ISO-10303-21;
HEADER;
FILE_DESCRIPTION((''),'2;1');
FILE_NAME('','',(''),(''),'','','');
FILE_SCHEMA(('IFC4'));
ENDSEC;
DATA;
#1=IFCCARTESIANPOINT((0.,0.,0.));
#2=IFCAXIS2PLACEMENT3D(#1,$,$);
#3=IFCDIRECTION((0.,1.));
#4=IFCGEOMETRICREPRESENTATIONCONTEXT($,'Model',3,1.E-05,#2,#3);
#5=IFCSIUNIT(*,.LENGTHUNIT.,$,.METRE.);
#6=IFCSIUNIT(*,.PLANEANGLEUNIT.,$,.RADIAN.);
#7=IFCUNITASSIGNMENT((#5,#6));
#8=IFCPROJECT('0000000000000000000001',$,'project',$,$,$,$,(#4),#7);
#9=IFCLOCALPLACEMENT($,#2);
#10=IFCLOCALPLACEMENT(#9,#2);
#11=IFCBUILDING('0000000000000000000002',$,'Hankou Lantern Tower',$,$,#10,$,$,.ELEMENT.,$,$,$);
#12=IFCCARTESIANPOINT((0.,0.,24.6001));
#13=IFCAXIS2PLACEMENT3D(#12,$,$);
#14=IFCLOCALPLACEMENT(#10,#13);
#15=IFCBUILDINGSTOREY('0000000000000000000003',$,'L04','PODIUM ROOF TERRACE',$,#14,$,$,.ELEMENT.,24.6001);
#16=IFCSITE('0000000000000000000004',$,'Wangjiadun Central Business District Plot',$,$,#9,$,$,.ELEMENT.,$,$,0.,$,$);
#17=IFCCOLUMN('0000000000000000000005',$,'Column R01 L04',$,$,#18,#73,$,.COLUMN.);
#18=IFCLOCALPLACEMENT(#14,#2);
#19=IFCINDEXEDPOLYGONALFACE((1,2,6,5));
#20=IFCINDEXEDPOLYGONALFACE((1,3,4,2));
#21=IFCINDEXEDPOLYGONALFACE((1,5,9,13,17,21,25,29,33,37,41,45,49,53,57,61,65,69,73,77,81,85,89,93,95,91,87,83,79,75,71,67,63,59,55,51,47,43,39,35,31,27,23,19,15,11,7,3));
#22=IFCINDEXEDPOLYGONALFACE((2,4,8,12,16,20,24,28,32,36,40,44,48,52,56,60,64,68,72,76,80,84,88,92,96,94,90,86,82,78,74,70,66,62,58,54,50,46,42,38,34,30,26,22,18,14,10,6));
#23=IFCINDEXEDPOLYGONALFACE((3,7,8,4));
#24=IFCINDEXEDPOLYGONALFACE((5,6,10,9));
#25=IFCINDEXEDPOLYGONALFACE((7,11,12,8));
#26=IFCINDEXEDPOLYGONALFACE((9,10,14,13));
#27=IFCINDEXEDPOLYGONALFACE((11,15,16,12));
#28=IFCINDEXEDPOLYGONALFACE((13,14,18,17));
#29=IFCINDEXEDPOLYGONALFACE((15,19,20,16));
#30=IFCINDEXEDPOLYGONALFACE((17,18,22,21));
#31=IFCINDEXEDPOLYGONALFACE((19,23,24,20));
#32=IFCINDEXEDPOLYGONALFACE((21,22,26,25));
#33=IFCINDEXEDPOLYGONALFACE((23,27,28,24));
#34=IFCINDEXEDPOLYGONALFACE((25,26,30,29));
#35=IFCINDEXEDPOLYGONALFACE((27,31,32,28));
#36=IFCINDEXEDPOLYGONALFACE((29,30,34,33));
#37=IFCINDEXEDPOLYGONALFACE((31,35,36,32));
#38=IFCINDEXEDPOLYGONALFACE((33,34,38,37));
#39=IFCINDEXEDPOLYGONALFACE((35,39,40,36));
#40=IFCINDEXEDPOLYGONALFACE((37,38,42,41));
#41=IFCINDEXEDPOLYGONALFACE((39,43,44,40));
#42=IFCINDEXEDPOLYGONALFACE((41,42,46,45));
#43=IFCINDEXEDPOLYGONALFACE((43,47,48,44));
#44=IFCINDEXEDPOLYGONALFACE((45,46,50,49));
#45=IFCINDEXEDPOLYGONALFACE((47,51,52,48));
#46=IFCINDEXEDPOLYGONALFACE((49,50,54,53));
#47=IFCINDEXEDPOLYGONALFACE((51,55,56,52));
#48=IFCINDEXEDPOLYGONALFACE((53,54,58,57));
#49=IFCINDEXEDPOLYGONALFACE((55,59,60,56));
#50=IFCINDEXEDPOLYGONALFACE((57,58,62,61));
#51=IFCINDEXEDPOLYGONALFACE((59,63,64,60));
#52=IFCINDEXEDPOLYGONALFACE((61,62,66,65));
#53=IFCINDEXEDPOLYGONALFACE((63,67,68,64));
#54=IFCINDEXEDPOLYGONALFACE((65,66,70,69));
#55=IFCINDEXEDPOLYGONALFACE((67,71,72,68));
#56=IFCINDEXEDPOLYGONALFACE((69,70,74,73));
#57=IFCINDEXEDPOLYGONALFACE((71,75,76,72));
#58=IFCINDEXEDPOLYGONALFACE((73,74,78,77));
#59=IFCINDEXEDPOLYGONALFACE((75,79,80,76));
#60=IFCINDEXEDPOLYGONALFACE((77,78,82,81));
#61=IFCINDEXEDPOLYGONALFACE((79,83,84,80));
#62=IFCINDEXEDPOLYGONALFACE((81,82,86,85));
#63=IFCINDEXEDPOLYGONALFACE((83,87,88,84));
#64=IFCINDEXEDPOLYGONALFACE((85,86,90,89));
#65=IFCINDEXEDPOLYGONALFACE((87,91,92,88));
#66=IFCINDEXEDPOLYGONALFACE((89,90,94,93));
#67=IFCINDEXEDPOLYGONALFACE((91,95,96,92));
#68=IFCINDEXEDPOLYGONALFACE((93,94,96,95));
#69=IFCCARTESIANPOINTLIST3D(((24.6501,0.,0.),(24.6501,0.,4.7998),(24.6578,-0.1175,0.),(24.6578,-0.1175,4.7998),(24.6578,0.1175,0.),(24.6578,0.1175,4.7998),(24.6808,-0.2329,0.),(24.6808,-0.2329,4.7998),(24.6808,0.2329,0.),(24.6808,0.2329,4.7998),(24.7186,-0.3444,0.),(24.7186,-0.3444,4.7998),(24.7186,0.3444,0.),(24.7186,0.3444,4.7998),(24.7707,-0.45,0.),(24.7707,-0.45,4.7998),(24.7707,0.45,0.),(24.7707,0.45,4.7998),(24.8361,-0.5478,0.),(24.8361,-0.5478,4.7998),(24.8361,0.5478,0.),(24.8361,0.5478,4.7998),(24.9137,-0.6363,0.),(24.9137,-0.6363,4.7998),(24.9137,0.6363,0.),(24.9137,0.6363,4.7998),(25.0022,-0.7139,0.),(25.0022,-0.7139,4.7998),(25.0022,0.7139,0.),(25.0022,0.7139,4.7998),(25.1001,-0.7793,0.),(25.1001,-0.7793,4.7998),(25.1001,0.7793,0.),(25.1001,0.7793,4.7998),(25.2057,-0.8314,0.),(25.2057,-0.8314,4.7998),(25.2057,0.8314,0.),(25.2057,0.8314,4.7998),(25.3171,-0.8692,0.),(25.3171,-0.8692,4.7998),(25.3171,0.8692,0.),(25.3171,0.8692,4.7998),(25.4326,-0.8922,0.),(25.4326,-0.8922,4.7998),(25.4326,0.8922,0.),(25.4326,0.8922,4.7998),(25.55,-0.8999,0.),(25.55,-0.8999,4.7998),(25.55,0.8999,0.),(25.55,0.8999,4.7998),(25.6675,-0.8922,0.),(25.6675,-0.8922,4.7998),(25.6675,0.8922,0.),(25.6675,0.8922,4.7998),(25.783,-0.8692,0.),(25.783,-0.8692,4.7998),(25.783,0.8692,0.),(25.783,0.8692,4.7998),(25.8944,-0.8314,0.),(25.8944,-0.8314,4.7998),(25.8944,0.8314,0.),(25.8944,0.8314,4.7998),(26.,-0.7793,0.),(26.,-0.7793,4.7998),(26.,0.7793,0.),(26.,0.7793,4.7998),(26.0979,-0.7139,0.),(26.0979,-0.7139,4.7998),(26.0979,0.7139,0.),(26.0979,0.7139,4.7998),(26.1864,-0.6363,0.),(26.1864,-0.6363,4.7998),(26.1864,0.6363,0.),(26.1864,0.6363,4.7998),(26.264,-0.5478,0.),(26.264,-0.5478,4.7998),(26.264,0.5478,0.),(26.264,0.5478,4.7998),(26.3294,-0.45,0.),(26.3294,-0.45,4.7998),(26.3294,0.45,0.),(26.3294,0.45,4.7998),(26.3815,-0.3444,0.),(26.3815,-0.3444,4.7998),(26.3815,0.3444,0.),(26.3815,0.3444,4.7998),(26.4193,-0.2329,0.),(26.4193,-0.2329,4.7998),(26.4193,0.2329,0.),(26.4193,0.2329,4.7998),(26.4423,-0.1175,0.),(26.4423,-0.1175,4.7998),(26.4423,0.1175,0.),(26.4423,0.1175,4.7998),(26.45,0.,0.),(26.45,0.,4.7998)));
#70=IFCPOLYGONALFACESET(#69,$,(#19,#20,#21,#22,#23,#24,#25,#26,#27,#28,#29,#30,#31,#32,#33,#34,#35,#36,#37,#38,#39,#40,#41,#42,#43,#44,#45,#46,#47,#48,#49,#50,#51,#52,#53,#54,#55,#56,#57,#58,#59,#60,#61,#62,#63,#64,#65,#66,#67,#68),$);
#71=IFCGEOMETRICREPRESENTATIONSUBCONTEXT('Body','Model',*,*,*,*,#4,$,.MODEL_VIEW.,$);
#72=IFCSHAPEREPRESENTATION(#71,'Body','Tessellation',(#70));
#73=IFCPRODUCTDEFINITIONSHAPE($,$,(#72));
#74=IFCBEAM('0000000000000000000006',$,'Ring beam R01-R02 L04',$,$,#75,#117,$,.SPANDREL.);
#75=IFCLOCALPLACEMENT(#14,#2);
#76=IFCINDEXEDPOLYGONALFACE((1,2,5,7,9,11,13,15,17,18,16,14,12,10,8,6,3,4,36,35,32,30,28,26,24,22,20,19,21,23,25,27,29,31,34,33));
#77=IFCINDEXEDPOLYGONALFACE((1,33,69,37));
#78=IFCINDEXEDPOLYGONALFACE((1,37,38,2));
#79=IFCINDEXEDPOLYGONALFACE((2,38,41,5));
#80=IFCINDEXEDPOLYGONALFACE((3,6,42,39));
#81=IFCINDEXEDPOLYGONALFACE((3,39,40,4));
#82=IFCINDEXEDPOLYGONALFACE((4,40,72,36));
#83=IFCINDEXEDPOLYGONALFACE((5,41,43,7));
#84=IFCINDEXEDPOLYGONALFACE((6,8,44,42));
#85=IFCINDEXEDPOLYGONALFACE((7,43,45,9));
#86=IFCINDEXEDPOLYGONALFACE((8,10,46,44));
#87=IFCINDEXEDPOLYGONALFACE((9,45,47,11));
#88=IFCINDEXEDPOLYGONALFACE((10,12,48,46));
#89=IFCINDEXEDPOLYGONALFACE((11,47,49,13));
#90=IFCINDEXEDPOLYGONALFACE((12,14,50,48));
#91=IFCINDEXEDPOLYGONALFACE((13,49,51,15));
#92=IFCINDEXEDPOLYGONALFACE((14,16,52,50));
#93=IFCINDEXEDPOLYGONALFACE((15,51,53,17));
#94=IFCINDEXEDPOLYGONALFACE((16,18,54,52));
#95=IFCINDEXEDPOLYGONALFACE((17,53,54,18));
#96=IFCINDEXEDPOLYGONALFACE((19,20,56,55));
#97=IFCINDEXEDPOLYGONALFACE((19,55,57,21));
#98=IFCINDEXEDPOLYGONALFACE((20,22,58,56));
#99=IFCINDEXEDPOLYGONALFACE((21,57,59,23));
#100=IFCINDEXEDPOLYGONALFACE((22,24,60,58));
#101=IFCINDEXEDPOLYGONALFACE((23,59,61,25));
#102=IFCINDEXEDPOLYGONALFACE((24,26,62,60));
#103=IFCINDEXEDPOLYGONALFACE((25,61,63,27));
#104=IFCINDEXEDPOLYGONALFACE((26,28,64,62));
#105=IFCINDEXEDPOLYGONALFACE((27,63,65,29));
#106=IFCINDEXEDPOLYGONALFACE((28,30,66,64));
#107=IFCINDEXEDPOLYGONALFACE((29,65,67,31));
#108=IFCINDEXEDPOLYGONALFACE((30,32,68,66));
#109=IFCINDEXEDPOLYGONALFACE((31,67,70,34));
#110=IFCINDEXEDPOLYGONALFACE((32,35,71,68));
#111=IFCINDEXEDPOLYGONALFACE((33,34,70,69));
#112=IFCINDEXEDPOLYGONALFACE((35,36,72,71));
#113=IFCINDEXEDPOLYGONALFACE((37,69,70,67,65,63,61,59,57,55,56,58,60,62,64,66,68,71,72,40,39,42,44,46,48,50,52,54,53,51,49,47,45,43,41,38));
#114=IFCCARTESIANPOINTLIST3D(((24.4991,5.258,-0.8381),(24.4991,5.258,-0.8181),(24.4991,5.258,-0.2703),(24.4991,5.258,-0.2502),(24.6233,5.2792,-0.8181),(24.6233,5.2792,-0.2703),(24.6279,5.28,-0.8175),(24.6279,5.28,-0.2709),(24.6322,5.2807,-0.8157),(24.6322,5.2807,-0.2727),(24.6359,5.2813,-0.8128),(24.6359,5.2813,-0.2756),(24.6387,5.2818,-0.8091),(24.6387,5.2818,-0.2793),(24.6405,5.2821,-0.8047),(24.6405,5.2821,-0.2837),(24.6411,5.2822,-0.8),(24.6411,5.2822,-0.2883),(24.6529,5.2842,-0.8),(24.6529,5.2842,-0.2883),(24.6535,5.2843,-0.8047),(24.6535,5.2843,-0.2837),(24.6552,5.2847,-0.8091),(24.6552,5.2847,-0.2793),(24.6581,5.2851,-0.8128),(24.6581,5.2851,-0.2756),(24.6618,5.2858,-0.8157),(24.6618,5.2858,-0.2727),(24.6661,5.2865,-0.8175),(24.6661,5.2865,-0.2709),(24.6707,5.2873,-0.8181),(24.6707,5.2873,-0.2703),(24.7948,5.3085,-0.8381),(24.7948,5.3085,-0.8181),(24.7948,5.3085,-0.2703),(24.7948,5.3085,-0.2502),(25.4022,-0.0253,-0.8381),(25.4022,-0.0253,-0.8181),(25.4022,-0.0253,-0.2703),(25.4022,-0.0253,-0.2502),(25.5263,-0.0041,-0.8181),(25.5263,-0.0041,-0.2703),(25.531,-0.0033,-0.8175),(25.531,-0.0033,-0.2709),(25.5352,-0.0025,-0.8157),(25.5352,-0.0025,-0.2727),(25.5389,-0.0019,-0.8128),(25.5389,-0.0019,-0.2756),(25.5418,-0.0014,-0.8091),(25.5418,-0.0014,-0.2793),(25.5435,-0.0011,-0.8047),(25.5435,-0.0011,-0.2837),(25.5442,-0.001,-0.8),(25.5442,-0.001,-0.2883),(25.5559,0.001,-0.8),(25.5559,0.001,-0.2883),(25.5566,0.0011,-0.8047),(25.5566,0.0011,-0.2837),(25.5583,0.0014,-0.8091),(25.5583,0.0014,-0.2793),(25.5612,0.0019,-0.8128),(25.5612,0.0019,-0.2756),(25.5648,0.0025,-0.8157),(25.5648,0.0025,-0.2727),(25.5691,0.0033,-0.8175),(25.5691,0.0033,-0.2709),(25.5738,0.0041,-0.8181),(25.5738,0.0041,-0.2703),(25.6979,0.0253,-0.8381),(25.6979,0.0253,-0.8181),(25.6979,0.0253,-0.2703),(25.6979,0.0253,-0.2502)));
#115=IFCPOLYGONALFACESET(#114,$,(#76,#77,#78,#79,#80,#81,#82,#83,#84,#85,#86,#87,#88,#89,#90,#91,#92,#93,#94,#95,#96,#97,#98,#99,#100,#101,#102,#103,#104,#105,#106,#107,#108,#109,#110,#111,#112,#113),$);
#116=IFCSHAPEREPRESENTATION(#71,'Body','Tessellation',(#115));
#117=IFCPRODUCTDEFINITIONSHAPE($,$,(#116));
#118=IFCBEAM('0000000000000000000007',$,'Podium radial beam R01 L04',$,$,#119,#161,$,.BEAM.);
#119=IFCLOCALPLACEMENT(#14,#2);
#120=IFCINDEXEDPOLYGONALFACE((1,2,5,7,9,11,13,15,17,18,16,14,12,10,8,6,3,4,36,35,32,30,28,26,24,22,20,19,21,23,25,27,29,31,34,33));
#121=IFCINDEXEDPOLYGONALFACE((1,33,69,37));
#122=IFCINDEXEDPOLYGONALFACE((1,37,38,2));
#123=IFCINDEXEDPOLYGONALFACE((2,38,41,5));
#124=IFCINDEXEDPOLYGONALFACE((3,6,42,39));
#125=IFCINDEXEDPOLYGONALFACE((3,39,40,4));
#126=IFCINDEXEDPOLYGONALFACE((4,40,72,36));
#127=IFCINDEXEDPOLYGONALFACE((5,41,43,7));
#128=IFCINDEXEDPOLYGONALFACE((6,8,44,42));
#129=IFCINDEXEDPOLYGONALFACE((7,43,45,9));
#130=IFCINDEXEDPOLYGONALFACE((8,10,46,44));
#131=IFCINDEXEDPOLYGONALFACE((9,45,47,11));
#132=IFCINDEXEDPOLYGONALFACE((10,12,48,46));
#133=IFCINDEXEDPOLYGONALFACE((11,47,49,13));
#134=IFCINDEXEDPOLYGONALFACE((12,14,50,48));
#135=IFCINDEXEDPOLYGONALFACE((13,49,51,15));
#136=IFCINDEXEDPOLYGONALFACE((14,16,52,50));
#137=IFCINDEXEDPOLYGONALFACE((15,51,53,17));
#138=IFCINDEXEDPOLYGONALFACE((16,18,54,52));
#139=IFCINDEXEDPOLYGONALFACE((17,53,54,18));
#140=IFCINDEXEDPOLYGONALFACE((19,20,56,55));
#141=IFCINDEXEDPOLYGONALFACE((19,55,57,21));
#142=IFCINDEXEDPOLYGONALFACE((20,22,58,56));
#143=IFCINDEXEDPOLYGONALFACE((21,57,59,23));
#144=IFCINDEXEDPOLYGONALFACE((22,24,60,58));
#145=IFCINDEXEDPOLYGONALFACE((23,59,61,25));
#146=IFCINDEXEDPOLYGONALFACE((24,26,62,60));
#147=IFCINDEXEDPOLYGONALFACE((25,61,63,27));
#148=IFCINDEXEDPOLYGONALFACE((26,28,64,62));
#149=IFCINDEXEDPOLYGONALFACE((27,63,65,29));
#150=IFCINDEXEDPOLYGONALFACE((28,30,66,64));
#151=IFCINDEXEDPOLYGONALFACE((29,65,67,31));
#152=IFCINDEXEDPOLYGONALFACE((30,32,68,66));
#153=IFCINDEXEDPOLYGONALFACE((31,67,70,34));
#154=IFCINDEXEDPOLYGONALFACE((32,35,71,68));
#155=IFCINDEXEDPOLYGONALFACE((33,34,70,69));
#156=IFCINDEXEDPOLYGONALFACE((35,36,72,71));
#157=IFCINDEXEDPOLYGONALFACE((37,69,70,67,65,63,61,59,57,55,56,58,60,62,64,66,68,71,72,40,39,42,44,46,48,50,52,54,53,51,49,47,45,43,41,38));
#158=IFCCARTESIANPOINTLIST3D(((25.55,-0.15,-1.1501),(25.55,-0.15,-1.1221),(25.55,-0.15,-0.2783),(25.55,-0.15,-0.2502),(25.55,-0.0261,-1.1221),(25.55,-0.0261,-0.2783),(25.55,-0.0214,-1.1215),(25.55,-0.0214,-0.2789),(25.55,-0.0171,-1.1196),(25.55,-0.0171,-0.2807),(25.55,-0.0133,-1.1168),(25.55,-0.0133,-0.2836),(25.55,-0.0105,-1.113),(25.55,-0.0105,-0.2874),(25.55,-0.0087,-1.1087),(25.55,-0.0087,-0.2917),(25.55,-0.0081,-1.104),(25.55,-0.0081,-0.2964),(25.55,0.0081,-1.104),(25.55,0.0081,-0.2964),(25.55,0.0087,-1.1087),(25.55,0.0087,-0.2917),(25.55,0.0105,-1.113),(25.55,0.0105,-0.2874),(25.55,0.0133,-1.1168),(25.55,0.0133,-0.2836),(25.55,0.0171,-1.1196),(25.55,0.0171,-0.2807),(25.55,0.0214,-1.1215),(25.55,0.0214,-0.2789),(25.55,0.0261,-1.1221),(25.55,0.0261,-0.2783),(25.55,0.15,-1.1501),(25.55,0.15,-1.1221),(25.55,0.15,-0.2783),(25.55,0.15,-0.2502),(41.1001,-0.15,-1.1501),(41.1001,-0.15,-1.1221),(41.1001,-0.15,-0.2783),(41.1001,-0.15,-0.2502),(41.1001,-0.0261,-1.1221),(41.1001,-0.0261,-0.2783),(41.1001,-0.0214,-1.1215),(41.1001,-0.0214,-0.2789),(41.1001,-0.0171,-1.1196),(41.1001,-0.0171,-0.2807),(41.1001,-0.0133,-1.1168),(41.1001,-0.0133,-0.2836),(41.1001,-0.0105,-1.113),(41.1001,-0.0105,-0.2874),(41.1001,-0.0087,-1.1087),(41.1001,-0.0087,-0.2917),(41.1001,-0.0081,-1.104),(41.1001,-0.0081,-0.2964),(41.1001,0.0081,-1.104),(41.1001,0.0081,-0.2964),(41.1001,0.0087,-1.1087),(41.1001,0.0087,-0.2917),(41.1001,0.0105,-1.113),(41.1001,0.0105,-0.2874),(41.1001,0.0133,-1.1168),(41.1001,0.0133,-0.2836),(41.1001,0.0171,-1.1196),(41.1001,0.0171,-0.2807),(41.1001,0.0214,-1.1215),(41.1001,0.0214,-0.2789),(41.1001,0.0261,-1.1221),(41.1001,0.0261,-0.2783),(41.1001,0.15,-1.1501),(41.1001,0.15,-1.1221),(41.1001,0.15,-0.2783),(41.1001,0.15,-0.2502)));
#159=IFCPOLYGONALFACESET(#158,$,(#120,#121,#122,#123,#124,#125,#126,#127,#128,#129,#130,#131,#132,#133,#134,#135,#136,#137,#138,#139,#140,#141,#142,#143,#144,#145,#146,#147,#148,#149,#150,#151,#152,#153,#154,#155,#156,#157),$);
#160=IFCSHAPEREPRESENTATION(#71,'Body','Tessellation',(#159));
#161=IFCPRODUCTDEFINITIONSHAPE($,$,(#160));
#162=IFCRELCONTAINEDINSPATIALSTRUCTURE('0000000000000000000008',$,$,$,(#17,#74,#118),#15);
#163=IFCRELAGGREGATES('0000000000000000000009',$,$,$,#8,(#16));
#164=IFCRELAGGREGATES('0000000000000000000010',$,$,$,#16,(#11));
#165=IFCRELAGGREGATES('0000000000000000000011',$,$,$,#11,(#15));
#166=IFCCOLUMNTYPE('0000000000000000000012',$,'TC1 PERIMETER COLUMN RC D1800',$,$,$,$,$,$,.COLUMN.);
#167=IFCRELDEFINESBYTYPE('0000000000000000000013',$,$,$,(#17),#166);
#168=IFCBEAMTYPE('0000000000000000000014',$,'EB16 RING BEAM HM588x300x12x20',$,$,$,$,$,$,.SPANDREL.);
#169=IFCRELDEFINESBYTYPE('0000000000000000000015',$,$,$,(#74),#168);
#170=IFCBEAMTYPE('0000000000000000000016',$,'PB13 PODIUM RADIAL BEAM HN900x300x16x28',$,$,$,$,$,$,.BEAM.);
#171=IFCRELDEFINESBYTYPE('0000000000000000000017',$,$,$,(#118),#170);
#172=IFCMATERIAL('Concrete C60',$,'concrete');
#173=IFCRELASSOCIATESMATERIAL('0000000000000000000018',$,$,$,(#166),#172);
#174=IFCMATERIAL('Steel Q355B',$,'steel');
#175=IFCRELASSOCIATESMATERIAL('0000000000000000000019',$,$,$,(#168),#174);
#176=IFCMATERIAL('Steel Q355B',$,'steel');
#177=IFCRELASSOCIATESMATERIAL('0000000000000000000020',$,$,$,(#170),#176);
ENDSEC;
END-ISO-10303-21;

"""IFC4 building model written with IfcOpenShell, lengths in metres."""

from ifc_helpers import new_model, si_unit, direction, frame, origin, origin_2d, place, context, subcontext, project, spatial, circle, i_section, extrude, material, material_profile, profile_set, type_object, element, save


model = new_model("IFC4")

# Units and contexts
model_context = context("Model", 3, precision=1e-05, world=origin(), true_north=direction((0.0, 1.0)))
body_context = subcontext(model_context, "Body", "Model", "MODEL_VIEW")
ifc_project = project(units=[si_unit("LENGTHUNIT", "METRE"), si_unit("PLANEANGLEUNIT", "RADIAN")], contexts=[model_context])

# Site, building, storey
site_placement = place(None, origin())
site = spatial("IfcSite", under=ifc_project, at=site_placement, Name="Wangjiadun Central Business District Plot", CompositionType="ELEMENT", RefElevation=0.0)
building_placement = place(site_placement, origin())
building = spatial("IfcBuilding", under=site, at=building_placement, Name="Hankou Lantern Tower", CompositionType="ELEMENT")
storey_placement = place(building_placement, frame((0.0, 0.0, 24.6001)))
storey = spatial("IfcBuildingStorey", under=building, at=storey_placement, Name="L04", Description="PODIUM ROOF TERRACE", CompositionType="ELEMENT", Elevation=24.6001)

# Column
ifc_material_1 = material(Name="Concrete C60", Category="concrete")
ifc_material_profile_1 = material_profile(ifc_material_1, circle(Radius=0.8999, at=origin_2d()), Name="RC D1800")
ifc_profile_set_1 = profile_set([ifc_material_profile_1], Name="Concrete C60")
column_type = type_object("IfcColumnType", Name="TC1 PERIMETER COLUMN RC D1800", PredefinedType="COLUMN", material=ifc_profile_set_1)
column_placement = place(storey_placement, frame((25.55, 0.0, 0.0), z_axis=(0.0, 0.0, 1.0), x_axis=(1.0, 0.0, 0.0)))
element("IfcColumn", 1, at=column_placement, inside=storey, type_object=column_type, Name="Column R01 L04", PredefinedType="COLUMN", context=body_context, shape_type="SweptSolid", body=[
    extrude(circle(Radius=0.8999, at=origin_2d()), origin(), (0.0, 0.0, 1.0), 4.7998),
])

# Beams
ifc_material_2 = material(Name="Steel Q355B", Category="steel")
ifc_material_profile_2 = material_profile(ifc_material_2, i_section(OverallWidth=0.3, OverallDepth=0.5879, WebThickness=0.012, FlangeThickness=0.02, FilletRadius=0.0181, at=origin_2d()), Name="HM588x300x12x20")
ifc_profile_set_2 = profile_set([ifc_material_profile_2], Name="Steel Q355B")
beam_type_1 = type_object("IfcBeamType", Name="EB16 RING BEAM HM588x300x12x20", PredefinedType="SPANDREL", material=ifc_profile_set_2)
beam_1_placement = place(storey_placement, frame((25.55, 0.0, -0.5442), z_axis=(-0.16849, 0.985703, 0.0), x_axis=(-0.985703, -0.16849, 0.0)))
element("IfcBeam", 2, at=beam_1_placement, inside=storey, type_object=beam_type_1, Name="Ring beam R01-R02 L04", PredefinedType="SPANDREL", context=body_context, shape_type="SweptSolid", body=[
    extrude(i_section(OverallWidth=0.3, OverallDepth=0.5879, WebThickness=0.012, FlangeThickness=0.02, FilletRadius=0.0181, at=origin_2d()), origin(), (0.0, 0.0, 1.0), 5.3599),
])
ifc_material_3 = material(Name="Steel Q355B", Category="steel")
ifc_material_profile_3 = material_profile(ifc_material_3, i_section(OverallWidth=0.3, OverallDepth=0.8999, WebThickness=0.0161, FlangeThickness=0.0281, FilletRadius=0.0181, at=origin_2d()), Name="HN900x300x16x28")
ifc_profile_set_3 = profile_set([ifc_material_profile_3], Name="Steel Q355B")
beam_type_2 = type_object("IfcBeamType", Name="PB13 PODIUM RADIAL BEAM HN900x300x16x28", PredefinedType="BEAM", material=ifc_profile_set_3)
beam_2_placement = place(storey_placement, frame((25.55, 0.0, -0.7002), z_axis=(1.0, 0.0, 0.0), x_axis=(0.0, 1.0, 0.0)))
element("IfcBeam", 3, at=beam_2_placement, inside=storey, type_object=beam_type_2, Name="Podium radial beam R01 L04", PredefinedType="BEAM", context=body_context, shape_type="SweptSolid", body=[
    extrude(i_section(OverallWidth=0.3, OverallDepth=0.8999, WebThickness=0.0161, FlangeThickness=0.0281, FilletRadius=0.0181, at=origin_2d()), origin(), (0.0, 0.0, 1.0), 15.55),
])

save(model, "model.ifc")
